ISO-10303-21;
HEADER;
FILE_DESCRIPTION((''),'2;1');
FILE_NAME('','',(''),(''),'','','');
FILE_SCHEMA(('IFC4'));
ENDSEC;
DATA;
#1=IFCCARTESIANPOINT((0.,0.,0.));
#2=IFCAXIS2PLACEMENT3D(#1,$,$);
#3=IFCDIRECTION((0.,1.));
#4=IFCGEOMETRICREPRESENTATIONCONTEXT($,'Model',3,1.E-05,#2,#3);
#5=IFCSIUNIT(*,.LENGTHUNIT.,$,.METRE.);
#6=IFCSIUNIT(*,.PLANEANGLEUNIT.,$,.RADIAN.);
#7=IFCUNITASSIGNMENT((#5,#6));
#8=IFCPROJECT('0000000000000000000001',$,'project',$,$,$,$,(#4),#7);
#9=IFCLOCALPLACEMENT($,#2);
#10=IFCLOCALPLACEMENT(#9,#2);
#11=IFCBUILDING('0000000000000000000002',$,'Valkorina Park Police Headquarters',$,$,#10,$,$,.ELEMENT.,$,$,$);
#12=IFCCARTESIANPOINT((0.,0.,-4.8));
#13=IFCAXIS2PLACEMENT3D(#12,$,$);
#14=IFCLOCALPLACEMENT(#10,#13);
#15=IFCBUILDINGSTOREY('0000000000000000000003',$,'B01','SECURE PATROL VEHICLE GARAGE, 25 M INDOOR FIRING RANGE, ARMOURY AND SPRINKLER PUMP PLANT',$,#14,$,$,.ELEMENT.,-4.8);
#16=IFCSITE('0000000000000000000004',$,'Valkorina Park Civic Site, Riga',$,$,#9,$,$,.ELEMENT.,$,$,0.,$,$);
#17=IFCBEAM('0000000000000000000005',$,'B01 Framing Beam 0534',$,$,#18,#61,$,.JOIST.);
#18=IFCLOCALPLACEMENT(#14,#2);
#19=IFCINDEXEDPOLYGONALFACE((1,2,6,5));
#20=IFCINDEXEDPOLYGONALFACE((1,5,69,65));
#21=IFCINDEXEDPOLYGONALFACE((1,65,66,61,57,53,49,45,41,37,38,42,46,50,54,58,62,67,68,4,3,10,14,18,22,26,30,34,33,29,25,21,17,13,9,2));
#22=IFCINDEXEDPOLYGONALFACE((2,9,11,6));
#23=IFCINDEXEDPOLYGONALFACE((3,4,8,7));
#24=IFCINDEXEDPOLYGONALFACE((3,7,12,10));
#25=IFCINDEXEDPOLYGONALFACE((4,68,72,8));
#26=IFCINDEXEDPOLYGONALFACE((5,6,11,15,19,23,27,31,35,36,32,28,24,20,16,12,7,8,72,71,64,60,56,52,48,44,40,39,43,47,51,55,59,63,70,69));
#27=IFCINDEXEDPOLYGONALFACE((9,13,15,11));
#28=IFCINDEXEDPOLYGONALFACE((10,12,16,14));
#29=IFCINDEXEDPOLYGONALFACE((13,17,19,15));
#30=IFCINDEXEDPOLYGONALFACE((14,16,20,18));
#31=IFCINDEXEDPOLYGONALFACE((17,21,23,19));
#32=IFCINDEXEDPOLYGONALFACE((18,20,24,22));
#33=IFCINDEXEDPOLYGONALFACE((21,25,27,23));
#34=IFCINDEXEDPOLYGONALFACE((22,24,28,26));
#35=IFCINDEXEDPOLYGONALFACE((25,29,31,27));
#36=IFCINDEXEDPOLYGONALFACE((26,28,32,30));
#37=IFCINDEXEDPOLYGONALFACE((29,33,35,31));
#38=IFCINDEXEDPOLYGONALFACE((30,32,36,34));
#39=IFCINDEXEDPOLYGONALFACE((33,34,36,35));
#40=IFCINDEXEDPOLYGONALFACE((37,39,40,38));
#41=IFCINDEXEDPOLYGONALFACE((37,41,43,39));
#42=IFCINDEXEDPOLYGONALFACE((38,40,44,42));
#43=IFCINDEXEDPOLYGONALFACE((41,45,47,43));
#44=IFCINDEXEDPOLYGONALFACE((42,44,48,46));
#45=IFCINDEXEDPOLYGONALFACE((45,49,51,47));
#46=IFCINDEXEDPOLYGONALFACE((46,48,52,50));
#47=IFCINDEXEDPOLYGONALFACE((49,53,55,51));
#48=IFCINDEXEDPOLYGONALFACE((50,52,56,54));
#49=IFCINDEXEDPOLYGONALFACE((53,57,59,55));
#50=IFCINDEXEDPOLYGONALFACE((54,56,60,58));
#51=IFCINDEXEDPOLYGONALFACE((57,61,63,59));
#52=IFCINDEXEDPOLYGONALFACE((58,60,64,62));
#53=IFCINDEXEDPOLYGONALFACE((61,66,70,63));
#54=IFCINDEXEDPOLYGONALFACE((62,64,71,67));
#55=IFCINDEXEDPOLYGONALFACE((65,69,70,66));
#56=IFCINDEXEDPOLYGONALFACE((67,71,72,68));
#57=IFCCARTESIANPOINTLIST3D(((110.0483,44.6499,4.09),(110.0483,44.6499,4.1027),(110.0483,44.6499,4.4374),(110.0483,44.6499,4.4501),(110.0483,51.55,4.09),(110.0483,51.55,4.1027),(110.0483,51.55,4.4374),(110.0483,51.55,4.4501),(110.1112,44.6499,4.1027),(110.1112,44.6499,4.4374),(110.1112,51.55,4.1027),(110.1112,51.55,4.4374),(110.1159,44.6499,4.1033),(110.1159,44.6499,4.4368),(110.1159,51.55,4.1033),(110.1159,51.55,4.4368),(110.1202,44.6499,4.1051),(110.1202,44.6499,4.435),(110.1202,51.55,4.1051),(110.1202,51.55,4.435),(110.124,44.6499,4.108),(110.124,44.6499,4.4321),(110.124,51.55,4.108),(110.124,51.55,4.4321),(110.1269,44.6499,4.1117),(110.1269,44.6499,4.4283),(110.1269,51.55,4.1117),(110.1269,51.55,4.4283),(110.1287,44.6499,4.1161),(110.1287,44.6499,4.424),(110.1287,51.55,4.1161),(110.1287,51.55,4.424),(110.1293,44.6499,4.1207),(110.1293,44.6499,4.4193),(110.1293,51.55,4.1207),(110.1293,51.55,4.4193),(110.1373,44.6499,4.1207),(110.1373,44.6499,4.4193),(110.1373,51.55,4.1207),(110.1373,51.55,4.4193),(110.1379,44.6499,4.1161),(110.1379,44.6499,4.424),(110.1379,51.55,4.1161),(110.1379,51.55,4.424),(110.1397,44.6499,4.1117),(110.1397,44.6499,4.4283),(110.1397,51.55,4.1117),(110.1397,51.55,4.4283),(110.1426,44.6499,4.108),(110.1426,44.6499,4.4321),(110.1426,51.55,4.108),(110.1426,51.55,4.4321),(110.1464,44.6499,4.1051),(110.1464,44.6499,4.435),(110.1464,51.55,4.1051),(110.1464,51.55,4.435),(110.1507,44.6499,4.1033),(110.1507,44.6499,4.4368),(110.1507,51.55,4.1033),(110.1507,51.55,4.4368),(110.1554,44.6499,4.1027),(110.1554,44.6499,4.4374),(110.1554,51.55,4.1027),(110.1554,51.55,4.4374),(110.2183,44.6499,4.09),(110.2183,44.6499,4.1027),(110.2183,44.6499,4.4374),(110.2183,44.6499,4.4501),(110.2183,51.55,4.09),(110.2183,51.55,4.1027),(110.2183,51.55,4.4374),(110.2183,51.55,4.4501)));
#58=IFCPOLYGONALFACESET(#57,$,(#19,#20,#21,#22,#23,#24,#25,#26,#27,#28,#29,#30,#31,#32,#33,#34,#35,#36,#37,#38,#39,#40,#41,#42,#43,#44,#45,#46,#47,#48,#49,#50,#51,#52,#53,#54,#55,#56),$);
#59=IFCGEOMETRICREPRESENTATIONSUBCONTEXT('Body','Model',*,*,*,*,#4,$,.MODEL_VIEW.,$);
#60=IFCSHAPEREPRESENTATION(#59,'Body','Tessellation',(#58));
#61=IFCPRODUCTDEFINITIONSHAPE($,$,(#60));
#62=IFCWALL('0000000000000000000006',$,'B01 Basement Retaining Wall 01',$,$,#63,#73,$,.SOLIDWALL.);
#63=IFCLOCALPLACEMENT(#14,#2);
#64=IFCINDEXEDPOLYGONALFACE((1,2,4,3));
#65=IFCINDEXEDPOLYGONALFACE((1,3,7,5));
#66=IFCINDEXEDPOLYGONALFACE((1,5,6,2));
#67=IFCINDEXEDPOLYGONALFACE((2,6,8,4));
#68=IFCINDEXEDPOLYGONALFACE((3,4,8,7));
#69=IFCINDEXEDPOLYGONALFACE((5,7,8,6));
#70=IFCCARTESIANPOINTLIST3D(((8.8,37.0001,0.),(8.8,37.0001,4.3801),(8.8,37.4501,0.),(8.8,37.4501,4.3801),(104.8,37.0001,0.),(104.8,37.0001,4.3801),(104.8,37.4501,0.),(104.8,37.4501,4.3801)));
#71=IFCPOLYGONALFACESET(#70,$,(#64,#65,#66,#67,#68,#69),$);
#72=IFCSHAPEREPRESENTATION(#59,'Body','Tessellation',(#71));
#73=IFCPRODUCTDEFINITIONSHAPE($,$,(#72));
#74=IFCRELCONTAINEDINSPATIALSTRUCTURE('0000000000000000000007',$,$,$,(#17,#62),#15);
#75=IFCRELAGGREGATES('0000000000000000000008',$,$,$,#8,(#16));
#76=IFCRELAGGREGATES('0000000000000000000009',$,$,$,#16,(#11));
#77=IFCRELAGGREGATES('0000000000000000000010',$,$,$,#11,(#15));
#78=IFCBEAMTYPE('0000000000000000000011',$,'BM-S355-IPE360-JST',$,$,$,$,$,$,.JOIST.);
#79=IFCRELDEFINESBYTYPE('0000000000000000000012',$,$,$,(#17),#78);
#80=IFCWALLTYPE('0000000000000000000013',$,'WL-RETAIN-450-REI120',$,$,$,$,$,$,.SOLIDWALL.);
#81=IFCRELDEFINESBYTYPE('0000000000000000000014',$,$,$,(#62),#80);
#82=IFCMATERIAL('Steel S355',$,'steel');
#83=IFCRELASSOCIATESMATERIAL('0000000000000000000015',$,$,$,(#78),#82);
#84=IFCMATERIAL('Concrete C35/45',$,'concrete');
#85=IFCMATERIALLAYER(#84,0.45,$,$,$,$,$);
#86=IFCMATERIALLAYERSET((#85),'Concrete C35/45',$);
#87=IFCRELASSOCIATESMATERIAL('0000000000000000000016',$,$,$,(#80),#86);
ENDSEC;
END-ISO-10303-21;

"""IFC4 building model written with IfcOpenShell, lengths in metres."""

from ifc_helpers import new_model, si_unit, direction, frame, frame_2d, origin, origin_2d, place, context, subcontext, project, spatial, rectangle, i_section, extrude, material, layer, layer_set, material_profile, profile_set, type_object, element, save


model = new_model("IFC4")

# Units and contexts
model_context = context("Model", 3, precision=1e-05, world=origin(), true_north=direction((0.0, 1.0)))
body_context = subcontext(model_context, "Body", "Model", "MODEL_VIEW")
ifc_project = project(units=[si_unit("LENGTHUNIT", "METRE"), si_unit("PLANEANGLEUNIT", "RADIAN")], contexts=[model_context])

# Site, building, storey
site_placement = place(None, origin())
site = spatial("IfcSite", under=ifc_project, at=site_placement, Name="Valkorina Park Civic Site, Riga", CompositionType="ELEMENT", RefElevation=0.0)
building_placement = place(site_placement, origin())
building = spatial("IfcBuilding", under=site, at=building_placement, Name="Valkorina Park Police Headquarters", CompositionType="ELEMENT")
storey_placement = place(building_placement, frame((0.0, 0.0, -4.8)))
storey = spatial("IfcBuildingStorey", under=building, at=storey_placement, Name="B01", Description="SECURE PATROL VEHICLE GARAGE, 25 M INDOOR FIRING RANGE, ARMOURY AND SPRINKLER PUMP PLANT", CompositionType="ELEMENT", Elevation=-4.8)

# Shared definitions
ifc_material_1 = material(Name="Concrete C35/45", Category="concrete")

# Beam
ifc_material_2 = material(Name="Steel S355", Category="steel")
ifc_material_profile_1 = material_profile(ifc_material_2, i_section(OverallWidth=0.1699, OverallDepth=0.3601, WebThickness=0.0081, FlangeThickness=0.0127, FilletRadius=0.0181, at=origin_2d()), Name="IPE 360")
ifc_profile_set_1 = profile_set([ifc_material_profile_1], Name="Steel S355")
beam_type_1 = type_object("IfcBeamType", Name="BM-S355-IPE360-JST", PredefinedType="JOIST", material=ifc_profile_set_1)
for number, where, z_axis, x_axis, name in (
    (1, (110.1333, 44.6499, 4.27), (0.0, 1.0, 0.0), (-1.0, 0.0, 0.0), "B01 Framing Beam 0534"),
):
    element("IfcBeam", number, at=place(storey_placement, frame(where, z_axis=z_axis, x_axis=x_axis)), inside=storey, type_object=beam_type_1, Name=name, PredefinedType="JOIST", context=body_context, shape_type="SweptSolid", body=[
        extrude(i_section(OverallWidth=0.1699, OverallDepth=0.3601, WebThickness=0.0081, FlangeThickness=0.0127, FilletRadius=0.0181, at=origin_2d()), origin(), (0.0, 0.0, 1.0), 6.9001),
    ])

# Wall
ifc_layer = layer(ifc_material_1, 0.45)
ifc_layer_set = layer_set([ifc_layer], Name="Concrete C35/45")
wall_type = type_object("IfcWallType", Name="WL-RETAIN-450-REI120", PredefinedType="SOLIDWALL", material=ifc_layer_set)
wall_placement = place(storey_placement, frame((104.8, 37.2251, 0.0), z_axis=(0.0, 0.0, 1.0), x_axis=(-1.0, 0.0, 0.0)))
element("IfcWall", 2, at=wall_placement, inside=storey, type_object=wall_type, Name="B01 Basement Retaining Wall 01", PredefinedType="SOLIDWALL", context=body_context, shape_type="SweptSolid", body=[
    extrude(rectangle(XDim=96.0, YDim=0.45, at=frame_2d((48.0, 0.0))), origin(), (0.0, 0.0, 1.0), 4.3801),
])

save(model, "model.ifc")
